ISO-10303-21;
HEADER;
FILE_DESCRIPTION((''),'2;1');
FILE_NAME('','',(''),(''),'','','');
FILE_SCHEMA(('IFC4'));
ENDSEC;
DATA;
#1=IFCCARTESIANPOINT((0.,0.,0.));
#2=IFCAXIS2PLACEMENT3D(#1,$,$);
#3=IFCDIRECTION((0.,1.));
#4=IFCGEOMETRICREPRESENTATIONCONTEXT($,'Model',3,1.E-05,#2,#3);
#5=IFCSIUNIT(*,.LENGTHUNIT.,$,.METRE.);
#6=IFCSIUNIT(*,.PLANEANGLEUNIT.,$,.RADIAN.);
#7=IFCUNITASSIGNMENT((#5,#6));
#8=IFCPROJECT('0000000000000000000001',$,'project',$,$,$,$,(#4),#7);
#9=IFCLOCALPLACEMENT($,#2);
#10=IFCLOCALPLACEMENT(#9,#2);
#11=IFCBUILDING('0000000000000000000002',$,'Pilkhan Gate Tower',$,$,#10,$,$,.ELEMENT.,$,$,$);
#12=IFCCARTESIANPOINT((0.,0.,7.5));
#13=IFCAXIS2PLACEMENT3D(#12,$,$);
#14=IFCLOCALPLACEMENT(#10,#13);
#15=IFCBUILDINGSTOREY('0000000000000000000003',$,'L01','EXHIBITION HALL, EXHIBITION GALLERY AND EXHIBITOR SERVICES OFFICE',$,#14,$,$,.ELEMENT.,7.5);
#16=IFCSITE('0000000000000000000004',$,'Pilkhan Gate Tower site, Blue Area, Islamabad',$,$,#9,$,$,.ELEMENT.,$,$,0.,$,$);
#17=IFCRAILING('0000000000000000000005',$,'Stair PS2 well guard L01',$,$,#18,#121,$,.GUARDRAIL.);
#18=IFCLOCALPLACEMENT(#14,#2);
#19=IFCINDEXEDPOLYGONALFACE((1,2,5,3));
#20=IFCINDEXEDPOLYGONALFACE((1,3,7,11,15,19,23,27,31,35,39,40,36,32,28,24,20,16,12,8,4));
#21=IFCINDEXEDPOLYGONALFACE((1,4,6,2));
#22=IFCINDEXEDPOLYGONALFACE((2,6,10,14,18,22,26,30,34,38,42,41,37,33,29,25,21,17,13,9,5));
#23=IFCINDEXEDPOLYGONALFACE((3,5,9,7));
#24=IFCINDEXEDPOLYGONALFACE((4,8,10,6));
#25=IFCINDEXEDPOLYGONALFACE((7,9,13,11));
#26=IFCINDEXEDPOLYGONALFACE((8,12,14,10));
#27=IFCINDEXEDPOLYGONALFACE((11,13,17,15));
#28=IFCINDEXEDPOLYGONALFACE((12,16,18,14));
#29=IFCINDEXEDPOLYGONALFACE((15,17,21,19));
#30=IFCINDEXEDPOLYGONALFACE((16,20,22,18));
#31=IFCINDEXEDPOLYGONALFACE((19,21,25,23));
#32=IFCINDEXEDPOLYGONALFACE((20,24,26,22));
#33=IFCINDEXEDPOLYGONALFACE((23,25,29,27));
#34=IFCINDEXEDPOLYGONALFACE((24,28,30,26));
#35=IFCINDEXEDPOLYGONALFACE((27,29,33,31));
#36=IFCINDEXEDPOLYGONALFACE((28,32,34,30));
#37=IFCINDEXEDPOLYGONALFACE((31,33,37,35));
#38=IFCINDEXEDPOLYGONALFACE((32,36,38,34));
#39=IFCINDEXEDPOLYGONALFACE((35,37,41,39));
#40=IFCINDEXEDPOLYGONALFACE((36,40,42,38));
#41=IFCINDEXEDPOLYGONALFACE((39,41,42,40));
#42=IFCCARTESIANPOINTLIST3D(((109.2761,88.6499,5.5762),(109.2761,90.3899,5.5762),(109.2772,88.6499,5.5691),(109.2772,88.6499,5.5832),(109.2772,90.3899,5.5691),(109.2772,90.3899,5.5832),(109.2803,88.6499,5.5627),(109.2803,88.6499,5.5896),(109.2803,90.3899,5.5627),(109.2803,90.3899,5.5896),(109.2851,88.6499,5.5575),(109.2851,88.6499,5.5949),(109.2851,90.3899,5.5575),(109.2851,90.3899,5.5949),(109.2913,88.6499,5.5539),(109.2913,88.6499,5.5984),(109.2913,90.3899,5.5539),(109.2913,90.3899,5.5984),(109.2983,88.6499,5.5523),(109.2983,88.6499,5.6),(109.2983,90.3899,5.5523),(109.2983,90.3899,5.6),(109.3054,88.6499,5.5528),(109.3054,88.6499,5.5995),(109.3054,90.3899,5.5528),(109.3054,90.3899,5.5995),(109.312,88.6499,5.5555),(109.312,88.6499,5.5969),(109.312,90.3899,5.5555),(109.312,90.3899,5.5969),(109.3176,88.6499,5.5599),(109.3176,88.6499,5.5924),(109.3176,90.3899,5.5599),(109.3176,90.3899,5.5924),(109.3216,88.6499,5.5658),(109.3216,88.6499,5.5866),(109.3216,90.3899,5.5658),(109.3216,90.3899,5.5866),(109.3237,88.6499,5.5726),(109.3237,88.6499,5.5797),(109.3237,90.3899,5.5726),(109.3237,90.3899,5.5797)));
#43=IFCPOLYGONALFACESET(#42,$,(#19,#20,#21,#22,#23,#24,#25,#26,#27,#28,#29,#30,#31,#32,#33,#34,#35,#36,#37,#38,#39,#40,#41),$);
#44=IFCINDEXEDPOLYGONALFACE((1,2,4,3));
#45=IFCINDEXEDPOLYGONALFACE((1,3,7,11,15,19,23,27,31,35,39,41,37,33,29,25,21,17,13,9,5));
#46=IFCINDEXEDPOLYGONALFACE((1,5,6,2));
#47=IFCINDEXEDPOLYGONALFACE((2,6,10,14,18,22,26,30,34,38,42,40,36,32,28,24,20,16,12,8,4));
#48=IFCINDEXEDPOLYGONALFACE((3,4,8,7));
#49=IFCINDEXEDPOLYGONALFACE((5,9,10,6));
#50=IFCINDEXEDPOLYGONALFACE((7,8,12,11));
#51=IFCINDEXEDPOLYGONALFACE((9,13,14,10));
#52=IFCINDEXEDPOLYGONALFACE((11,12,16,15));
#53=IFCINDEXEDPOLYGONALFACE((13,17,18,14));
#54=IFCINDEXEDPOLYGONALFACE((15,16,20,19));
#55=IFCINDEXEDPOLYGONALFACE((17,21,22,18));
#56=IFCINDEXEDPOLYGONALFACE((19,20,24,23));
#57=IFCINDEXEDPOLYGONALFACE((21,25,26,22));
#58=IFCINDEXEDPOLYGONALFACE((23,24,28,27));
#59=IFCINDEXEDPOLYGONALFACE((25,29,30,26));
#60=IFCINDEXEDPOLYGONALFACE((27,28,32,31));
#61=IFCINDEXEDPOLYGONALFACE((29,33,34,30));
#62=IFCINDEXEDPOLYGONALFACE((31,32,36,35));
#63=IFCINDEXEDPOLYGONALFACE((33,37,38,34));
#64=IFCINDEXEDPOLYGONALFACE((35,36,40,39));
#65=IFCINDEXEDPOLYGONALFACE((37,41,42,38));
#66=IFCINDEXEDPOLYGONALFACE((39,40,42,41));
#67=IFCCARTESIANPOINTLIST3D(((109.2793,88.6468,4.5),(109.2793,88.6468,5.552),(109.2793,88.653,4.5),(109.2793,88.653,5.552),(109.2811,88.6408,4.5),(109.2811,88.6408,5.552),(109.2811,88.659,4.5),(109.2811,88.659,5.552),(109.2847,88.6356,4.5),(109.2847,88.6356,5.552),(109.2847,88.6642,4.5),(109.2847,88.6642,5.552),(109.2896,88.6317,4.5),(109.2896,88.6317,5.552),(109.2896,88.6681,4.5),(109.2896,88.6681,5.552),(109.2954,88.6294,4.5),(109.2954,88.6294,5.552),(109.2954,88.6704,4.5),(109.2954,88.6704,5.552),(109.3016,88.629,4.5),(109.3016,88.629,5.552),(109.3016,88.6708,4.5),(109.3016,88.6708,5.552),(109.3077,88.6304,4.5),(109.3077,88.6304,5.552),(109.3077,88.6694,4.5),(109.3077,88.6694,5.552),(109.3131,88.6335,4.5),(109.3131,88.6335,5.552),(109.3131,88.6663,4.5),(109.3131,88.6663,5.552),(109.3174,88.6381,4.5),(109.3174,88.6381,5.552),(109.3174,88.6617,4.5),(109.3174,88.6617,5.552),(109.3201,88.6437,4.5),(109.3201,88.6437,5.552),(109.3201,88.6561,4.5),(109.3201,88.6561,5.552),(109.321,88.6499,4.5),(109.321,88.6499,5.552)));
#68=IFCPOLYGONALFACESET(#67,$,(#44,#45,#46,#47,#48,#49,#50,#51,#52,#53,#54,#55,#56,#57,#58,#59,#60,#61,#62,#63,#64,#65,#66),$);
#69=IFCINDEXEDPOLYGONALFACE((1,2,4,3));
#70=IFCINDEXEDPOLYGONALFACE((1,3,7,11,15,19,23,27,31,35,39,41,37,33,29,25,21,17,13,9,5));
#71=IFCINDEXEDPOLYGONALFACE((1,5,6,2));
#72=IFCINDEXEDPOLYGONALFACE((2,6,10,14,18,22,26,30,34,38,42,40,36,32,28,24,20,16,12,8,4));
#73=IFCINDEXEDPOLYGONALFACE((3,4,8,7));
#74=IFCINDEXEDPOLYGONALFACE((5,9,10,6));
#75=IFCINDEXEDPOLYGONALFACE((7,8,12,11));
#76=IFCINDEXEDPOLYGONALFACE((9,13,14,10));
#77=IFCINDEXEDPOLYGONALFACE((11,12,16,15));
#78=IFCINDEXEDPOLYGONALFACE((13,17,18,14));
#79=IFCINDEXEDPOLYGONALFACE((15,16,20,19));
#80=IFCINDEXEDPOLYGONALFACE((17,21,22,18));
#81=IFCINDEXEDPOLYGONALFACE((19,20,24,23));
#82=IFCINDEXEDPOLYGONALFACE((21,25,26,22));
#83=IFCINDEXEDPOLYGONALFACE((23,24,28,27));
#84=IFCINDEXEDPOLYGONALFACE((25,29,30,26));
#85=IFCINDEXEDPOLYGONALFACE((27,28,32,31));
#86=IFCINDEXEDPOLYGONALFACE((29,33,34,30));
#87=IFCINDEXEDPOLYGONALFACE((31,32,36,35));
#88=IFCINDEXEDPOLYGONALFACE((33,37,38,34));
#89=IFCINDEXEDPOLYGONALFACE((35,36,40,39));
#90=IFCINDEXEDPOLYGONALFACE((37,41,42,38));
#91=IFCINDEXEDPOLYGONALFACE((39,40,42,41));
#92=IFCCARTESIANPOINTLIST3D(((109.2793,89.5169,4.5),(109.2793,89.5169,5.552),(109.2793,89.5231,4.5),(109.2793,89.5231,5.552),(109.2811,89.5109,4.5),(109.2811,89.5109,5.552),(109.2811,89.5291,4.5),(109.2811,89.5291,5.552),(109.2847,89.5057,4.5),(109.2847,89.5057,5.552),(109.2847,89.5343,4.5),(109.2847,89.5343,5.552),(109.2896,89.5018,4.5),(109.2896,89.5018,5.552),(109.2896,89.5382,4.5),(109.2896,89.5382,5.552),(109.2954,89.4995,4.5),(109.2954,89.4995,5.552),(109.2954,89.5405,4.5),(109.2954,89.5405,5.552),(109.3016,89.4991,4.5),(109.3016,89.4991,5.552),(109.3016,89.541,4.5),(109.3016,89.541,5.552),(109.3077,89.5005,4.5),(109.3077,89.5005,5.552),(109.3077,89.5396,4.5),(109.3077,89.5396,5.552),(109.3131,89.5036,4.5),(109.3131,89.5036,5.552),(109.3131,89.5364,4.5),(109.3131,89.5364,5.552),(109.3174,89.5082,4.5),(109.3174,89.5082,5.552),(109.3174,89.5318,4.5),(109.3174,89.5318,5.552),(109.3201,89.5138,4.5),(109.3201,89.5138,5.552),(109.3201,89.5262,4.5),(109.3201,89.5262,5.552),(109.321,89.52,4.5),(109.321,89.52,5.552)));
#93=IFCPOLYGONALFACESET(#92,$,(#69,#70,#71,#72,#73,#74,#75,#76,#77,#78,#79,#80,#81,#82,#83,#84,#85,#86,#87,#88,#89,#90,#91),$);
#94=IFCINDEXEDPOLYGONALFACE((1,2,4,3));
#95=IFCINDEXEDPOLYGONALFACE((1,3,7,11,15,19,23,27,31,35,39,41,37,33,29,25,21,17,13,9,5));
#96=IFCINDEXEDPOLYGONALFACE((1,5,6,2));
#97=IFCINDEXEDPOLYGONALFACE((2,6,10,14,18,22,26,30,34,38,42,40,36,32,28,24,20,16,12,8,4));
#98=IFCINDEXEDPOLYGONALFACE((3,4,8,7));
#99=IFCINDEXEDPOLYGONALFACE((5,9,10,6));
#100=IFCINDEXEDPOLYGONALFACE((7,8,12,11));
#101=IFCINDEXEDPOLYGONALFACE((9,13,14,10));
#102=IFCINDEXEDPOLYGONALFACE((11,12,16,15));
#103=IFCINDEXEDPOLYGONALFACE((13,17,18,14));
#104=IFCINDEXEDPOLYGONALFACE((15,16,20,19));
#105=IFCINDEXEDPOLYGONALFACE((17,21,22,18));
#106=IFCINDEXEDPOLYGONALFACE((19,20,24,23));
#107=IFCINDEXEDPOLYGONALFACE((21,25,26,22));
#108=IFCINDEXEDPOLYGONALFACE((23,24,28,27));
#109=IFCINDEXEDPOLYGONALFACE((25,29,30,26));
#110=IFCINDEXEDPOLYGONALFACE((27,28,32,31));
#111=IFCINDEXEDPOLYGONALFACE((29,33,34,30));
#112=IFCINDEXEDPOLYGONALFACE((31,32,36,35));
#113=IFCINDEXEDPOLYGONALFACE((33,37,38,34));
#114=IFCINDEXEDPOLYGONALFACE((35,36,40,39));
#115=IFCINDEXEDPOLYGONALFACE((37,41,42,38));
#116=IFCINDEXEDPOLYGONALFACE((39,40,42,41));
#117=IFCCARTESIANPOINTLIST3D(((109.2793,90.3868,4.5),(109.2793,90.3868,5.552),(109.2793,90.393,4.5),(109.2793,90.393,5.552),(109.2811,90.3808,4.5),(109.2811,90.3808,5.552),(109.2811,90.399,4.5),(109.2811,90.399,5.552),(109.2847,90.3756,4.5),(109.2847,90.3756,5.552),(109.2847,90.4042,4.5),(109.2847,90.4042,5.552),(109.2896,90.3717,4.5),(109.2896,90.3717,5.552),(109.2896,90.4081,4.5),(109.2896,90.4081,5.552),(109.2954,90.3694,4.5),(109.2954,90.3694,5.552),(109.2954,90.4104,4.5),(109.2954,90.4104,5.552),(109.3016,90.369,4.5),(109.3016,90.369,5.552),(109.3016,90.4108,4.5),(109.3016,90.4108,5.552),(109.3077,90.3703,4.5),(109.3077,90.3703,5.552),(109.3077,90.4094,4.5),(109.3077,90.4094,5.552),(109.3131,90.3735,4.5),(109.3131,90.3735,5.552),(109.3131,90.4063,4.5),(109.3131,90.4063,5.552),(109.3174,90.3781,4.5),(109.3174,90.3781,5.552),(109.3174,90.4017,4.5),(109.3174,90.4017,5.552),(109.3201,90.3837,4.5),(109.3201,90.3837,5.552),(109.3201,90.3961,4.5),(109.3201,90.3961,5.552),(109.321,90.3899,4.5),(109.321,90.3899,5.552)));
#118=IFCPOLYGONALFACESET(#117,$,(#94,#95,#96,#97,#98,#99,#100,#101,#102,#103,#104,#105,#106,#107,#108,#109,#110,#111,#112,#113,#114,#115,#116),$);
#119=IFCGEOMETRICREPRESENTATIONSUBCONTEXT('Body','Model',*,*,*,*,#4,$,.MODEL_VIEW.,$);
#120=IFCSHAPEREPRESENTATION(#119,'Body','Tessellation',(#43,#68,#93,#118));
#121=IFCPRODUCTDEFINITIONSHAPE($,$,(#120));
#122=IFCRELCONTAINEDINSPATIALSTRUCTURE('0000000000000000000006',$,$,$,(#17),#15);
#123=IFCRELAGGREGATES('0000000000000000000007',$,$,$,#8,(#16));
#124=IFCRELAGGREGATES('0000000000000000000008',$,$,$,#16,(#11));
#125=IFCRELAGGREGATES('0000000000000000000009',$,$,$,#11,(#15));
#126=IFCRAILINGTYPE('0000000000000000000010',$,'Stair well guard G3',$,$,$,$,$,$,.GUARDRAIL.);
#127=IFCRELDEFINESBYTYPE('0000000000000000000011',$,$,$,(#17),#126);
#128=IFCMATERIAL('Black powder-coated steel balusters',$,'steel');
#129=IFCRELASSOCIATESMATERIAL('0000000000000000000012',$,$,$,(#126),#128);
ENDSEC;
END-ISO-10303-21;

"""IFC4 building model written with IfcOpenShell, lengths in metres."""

from ifc_helpers import new_model, si_unit, direction, frame, origin, origin_2d, place, context, subcontext, project, spatial, circle, extrude, material, type_object, element, save


model = new_model("IFC4")

# Units and contexts
model_context = context("Model", 3, precision=1e-05, world=origin(), true_north=direction((0.0, 1.0)))
body_context = subcontext(model_context, "Body", "Model", "MODEL_VIEW")
ifc_project = project(units=[si_unit("LENGTHUNIT", "METRE"), si_unit("PLANEANGLEUNIT", "RADIAN")], contexts=[model_context])

# Site, building, storey
site_placement = place(None, origin())
site = spatial("IfcSite", under=ifc_project, at=site_placement, Name="Pilkhan Gate Tower site, Blue Area, Islamabad", CompositionType="ELEMENT", RefElevation=0.0)
building_placement = place(site_placement, origin())
building = spatial("IfcBuilding", under=site, at=building_placement, Name="Pilkhan Gate Tower", CompositionType="ELEMENT")
storey_placement = place(building_placement, frame((0.0, 0.0, 7.5)))
storey = spatial("IfcBuildingStorey", under=building, at=storey_placement, Name="L01", Description="EXHIBITION HALL, EXHIBITION GALLERY AND EXHIBITOR SERVICES OFFICE", CompositionType="ELEMENT", Elevation=7.5)

# Railing
ifc_material_1 = material(Name="Black powder-coated steel balusters", Category="steel")
railing_type = type_object("IfcRailingType", Name="Stair well guard G3", PredefinedType="GUARDRAIL", material=ifc_material_1)
railing_1_placement = place(storey_placement, frame((109.3, 88.6499, 4.5)))
element("IfcRailing", 1, at=railing_1_placement, inside=storey, type_object=railing_type, Name="Stair PS2 well guard L01", PredefinedType="GUARDRAIL", context=body_context, shape_type="SweptSolid", body=[
    extrude(circle(Radius=0.0239, at=origin_2d()), frame((0.0, 0.0, 1.0762), z_axis=(0.0, 1.0, 0.0), x_axis=(-1.0, 0.0, 0.0)), (0.0, 0.0, 1.0), 1.74),
    extrude(circle(Radius=0.021, at=origin_2d()), origin(), (0.0, 0.0, 1.0), 1.052),
    extrude(circle(Radius=0.021, at=origin_2d()), frame((0.0, 0.8701, 0.0)), (0.0, 0.0, 1.0), 1.052),
    extrude(circle(Radius=0.021, at=origin_2d()), frame((0.0, 1.74, 0.0)), (0.0, 0.0, 1.0), 1.052),
])

save(model, "model.ifc")
